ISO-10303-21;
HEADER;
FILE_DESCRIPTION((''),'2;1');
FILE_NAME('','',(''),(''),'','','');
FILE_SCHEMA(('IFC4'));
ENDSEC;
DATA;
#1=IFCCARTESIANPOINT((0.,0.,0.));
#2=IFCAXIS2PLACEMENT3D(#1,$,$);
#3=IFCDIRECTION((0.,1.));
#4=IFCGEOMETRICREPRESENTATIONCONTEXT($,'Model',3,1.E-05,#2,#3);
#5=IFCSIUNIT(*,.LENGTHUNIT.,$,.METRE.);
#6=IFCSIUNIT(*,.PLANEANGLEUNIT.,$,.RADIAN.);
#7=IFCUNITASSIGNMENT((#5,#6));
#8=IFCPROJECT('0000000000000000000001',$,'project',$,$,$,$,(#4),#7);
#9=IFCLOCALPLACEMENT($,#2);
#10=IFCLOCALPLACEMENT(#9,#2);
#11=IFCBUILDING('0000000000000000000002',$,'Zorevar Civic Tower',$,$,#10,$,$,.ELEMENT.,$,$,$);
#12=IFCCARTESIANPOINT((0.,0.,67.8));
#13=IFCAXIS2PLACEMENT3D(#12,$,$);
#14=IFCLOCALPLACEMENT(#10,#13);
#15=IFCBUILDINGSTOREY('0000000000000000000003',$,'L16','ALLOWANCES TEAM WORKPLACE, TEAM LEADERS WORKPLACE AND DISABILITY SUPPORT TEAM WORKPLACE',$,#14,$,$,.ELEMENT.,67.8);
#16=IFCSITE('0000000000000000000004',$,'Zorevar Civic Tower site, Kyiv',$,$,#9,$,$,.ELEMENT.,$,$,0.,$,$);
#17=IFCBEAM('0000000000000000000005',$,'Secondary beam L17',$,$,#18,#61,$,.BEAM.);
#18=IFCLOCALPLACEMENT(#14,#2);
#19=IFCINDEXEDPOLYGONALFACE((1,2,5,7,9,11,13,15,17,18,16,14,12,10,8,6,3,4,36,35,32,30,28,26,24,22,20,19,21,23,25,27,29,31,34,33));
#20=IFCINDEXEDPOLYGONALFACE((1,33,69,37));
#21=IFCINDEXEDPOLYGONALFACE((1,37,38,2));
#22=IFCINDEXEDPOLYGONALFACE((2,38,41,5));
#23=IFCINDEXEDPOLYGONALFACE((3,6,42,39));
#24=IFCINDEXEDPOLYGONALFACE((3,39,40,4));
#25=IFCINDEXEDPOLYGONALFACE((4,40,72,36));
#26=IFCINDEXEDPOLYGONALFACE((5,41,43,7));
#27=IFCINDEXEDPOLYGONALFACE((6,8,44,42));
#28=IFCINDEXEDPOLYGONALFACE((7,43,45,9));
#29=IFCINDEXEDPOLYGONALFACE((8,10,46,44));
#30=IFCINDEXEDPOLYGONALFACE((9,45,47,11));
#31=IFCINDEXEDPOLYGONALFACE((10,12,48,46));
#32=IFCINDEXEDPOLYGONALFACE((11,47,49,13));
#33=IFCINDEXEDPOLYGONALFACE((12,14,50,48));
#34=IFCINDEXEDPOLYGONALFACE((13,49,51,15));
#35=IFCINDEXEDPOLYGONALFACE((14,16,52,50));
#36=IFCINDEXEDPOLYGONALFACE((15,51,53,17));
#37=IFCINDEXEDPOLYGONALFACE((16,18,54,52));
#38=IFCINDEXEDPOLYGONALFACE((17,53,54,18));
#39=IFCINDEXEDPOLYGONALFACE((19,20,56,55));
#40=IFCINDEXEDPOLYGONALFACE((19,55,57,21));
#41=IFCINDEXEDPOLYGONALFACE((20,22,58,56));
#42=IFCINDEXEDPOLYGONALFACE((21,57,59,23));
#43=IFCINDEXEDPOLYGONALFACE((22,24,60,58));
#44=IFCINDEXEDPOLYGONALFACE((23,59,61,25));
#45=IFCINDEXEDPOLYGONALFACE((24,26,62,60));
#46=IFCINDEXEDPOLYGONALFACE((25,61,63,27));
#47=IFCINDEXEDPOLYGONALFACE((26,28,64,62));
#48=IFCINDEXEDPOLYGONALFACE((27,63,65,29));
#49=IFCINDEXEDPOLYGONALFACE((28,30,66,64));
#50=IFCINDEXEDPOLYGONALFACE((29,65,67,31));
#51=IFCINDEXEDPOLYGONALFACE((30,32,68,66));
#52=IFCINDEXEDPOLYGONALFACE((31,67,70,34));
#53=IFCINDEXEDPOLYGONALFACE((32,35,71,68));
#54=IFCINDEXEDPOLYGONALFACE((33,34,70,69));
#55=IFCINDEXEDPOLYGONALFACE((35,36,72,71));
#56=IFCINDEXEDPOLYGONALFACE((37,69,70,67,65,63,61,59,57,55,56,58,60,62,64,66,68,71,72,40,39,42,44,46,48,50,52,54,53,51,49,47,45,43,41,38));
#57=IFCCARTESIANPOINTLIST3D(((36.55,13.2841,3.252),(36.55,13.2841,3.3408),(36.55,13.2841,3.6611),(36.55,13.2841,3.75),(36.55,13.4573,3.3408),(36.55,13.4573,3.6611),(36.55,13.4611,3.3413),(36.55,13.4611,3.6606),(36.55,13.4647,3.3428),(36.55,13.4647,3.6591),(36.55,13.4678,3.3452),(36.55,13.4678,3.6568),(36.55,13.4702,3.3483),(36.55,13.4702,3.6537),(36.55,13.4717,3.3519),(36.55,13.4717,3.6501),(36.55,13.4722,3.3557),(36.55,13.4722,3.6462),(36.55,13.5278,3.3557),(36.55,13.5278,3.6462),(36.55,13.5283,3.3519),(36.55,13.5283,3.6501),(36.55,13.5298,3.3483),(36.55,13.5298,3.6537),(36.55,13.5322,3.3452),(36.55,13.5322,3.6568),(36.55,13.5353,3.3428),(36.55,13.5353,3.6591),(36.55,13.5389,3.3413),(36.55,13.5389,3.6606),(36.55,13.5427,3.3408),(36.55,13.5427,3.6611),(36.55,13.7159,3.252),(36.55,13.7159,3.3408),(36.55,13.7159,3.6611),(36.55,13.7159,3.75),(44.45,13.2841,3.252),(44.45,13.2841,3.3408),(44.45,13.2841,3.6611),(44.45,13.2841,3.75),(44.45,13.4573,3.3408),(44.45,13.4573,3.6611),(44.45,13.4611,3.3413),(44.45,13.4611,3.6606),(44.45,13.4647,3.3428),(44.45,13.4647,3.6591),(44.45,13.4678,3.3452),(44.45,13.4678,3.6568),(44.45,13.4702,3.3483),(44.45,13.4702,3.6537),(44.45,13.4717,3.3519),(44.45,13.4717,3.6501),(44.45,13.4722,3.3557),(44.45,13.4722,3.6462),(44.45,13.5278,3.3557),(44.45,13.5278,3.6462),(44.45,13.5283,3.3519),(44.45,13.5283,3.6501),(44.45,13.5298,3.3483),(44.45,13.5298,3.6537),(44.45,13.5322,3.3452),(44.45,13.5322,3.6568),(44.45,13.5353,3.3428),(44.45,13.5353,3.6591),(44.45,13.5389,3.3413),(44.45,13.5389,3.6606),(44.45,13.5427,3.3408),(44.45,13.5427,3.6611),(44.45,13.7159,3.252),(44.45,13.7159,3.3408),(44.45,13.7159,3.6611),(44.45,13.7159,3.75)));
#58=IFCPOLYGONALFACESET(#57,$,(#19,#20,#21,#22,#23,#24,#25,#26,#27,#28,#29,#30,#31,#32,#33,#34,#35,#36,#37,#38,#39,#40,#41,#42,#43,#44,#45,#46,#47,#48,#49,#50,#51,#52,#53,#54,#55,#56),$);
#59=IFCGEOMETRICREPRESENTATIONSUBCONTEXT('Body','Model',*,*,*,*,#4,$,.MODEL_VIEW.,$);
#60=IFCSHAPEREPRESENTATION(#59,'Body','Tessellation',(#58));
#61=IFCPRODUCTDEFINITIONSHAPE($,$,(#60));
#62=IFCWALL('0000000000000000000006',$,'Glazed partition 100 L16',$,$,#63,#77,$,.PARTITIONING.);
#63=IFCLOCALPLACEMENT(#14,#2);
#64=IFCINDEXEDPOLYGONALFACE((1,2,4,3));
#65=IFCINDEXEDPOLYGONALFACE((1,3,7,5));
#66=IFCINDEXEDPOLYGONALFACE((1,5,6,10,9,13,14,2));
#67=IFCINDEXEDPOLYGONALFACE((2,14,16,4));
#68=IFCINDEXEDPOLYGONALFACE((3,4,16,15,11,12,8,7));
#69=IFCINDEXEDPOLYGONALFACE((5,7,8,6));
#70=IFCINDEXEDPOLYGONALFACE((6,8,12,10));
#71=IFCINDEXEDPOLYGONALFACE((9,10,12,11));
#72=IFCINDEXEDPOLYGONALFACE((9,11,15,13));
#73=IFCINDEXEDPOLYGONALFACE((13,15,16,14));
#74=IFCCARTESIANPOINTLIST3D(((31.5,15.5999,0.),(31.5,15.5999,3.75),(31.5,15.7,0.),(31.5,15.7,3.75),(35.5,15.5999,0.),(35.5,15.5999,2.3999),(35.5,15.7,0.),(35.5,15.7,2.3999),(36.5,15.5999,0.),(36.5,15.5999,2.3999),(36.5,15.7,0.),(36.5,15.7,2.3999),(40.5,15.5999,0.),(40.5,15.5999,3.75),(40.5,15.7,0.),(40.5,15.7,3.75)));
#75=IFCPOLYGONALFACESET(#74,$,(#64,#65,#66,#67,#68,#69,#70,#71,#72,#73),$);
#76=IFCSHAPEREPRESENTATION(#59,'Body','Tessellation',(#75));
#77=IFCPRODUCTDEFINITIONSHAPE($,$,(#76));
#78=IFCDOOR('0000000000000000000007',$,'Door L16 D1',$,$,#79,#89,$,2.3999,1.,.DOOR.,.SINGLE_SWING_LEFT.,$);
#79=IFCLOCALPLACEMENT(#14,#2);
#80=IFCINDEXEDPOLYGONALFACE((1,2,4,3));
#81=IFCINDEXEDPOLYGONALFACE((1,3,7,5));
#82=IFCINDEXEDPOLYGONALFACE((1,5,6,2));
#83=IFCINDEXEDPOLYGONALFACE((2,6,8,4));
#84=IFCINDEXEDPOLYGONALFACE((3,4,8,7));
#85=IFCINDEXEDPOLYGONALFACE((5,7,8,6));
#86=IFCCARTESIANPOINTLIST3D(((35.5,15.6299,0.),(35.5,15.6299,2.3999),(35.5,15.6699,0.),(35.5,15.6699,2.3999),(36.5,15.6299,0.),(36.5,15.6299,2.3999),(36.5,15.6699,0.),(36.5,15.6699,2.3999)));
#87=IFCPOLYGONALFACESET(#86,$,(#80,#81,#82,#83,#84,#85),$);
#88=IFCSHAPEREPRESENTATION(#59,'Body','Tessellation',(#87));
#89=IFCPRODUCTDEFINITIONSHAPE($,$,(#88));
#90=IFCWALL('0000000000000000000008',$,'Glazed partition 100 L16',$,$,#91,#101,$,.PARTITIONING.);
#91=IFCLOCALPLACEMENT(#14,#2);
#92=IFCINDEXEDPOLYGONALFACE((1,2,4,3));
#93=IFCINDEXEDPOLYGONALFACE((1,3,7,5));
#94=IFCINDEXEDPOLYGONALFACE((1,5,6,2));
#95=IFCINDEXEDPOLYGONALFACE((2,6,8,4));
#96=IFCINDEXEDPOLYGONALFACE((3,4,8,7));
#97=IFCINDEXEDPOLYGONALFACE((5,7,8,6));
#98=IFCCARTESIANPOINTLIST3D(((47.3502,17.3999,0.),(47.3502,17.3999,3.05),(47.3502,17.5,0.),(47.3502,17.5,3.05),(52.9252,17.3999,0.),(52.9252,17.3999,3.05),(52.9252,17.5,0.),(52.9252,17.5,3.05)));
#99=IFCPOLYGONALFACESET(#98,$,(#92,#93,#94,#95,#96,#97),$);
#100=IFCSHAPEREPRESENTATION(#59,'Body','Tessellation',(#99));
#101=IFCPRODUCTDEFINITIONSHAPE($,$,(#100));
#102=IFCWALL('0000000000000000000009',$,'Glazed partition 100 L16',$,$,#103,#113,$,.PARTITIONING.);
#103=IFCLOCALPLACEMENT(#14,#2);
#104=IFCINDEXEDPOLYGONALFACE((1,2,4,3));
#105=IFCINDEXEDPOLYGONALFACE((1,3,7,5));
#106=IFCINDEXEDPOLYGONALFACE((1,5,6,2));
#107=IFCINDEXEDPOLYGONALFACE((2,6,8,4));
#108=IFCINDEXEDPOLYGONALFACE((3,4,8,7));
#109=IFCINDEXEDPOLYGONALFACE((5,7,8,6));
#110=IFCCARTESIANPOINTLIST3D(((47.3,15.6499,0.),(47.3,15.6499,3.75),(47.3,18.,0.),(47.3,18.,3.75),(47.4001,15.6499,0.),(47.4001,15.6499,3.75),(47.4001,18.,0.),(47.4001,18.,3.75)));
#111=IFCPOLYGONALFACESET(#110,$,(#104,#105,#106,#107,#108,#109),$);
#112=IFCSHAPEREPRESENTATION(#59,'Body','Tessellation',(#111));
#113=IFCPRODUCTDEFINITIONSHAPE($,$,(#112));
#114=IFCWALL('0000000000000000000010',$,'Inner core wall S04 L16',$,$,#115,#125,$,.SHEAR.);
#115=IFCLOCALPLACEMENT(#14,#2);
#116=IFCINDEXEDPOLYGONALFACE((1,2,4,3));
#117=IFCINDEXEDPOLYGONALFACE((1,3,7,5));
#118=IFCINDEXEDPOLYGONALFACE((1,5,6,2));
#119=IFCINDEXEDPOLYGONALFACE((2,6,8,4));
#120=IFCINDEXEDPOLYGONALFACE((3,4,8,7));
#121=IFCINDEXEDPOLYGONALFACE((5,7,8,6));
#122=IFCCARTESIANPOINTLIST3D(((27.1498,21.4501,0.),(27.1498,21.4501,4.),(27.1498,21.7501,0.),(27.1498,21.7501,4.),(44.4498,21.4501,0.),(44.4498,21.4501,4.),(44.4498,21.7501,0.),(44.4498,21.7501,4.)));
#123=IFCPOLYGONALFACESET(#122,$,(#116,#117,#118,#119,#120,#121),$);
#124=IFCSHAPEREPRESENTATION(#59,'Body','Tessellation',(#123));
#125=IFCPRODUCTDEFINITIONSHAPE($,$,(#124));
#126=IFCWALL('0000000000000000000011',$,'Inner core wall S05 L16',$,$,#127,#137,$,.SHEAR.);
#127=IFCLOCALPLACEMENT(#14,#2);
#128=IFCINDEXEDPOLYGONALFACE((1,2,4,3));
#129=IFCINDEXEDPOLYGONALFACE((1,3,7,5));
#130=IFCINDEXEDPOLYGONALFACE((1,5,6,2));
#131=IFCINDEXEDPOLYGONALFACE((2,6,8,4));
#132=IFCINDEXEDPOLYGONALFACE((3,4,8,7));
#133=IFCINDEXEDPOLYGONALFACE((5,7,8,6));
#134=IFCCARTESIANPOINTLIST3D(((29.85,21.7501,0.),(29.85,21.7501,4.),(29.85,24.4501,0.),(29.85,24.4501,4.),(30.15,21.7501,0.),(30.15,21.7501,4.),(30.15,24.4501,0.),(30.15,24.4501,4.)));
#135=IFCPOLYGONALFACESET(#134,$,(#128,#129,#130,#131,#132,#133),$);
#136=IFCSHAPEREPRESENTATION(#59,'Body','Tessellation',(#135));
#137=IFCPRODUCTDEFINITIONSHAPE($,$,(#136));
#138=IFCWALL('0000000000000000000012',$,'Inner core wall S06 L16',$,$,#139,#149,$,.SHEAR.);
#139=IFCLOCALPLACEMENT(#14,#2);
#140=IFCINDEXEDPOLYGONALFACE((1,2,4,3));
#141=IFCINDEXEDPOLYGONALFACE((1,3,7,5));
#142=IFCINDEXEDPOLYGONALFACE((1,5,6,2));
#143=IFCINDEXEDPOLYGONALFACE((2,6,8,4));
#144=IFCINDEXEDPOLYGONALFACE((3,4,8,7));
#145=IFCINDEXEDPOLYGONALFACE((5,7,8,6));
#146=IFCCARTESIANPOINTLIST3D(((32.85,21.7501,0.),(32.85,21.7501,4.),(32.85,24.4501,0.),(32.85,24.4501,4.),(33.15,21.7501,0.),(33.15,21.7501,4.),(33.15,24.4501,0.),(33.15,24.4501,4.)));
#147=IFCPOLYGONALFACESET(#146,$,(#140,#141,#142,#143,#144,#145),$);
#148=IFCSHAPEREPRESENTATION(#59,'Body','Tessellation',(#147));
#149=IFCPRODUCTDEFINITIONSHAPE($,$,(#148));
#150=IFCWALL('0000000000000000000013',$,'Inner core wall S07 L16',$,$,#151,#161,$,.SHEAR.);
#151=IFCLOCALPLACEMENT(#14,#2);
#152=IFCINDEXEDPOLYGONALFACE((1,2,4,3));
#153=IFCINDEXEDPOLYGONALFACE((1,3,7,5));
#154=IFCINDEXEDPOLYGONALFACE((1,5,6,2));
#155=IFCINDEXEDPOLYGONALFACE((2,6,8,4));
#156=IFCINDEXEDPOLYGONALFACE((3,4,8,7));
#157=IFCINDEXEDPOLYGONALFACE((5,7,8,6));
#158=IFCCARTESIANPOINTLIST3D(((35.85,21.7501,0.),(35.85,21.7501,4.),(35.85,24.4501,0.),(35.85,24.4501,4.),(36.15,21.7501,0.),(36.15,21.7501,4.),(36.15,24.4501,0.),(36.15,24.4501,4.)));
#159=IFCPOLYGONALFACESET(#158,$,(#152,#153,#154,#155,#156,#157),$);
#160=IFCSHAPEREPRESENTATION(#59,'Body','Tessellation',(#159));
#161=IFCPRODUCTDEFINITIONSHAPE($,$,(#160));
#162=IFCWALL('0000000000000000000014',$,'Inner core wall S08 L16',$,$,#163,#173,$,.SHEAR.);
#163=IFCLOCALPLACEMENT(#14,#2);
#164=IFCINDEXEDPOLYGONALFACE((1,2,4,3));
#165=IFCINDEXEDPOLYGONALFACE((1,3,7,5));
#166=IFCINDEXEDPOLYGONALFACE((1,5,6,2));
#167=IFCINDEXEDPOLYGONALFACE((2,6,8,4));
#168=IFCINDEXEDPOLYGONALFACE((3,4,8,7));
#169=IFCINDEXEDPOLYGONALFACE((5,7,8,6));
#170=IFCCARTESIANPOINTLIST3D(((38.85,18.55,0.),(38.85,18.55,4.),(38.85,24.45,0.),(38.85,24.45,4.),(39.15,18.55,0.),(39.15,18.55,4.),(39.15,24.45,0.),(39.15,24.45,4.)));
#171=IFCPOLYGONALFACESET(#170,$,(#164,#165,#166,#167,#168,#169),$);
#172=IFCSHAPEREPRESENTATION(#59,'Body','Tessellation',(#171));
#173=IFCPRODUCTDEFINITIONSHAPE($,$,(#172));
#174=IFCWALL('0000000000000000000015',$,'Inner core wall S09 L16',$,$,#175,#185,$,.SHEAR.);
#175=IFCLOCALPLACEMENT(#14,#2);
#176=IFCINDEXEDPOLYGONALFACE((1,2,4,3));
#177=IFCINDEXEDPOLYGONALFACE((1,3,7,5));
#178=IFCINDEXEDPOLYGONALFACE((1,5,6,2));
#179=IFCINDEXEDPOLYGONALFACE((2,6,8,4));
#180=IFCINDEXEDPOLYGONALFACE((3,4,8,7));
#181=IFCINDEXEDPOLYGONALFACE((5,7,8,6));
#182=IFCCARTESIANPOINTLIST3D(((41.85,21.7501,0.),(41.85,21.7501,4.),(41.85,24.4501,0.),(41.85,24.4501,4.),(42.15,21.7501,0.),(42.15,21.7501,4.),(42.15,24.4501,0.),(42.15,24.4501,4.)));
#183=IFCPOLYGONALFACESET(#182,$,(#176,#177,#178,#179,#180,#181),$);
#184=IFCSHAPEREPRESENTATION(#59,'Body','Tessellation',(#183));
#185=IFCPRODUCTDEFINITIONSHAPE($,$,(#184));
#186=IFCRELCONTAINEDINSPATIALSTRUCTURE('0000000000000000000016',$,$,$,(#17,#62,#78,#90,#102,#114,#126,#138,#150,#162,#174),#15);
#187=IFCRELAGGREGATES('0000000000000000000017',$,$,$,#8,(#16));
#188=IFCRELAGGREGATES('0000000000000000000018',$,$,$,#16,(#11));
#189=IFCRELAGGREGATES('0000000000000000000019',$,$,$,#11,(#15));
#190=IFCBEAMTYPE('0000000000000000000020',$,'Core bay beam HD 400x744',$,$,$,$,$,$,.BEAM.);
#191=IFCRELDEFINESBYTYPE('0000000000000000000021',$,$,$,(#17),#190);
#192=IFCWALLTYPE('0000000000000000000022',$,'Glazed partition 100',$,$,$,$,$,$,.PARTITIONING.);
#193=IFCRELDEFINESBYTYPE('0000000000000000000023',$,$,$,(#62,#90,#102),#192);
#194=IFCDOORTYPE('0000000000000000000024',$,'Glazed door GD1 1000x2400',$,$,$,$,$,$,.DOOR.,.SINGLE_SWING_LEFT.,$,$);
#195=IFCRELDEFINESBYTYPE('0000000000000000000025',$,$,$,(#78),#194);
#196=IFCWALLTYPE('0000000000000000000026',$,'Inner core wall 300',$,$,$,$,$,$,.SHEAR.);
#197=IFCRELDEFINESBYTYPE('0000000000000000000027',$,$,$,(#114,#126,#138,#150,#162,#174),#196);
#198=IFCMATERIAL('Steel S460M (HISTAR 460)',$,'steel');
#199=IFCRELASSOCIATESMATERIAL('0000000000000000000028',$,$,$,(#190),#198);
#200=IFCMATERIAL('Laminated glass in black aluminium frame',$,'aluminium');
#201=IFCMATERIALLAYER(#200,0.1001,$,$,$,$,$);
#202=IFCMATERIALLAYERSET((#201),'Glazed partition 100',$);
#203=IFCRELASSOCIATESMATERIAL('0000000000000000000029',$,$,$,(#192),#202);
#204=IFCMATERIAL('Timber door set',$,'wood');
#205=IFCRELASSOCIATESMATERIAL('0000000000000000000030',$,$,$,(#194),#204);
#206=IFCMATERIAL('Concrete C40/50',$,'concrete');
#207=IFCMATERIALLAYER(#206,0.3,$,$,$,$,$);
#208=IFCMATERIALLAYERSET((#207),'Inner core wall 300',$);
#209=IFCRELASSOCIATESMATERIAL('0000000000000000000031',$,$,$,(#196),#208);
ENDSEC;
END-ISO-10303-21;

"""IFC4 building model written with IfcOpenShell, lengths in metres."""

from ifc_helpers import new_model, si_unit, direction, frame, frame_2d, origin, origin_2d, place, context, subcontext, project, spatial, rectangle, i_section, extrude, material, layer, layer_set, material_profile, profile_set, type_object, element, fill, save


model = new_model("IFC4")

# Units and contexts
model_context = context("Model", 3, precision=1e-05, world=origin(), true_north=direction((0.0, 1.0)))
body_context = subcontext(model_context, "Body", "Model", "MODEL_VIEW")
ifc_project = project(units=[si_unit("LENGTHUNIT", "METRE"), si_unit("PLANEANGLEUNIT", "RADIAN")], contexts=[model_context])

# Site, building, storey
site_placement = place(None, origin())
site = spatial("IfcSite", under=ifc_project, at=site_placement, Name="Zorevar Civic Tower site, Kyiv", CompositionType="ELEMENT", RefElevation=0.0)
building_placement = place(site_placement, origin())
building = spatial("IfcBuilding", under=site, at=building_placement, Name="Zorevar Civic Tower", CompositionType="ELEMENT")
storey_placement = place(building_placement, frame((0.0, 0.0, 67.8)))
storey = spatial("IfcBuildingStorey", under=building, at=storey_placement, Name="L16", Description="ALLOWANCES TEAM WORKPLACE, TEAM LEADERS WORKPLACE AND DISABILITY SUPPORT TEAM WORKPLACE", CompositionType="ELEMENT", Elevation=67.8)

# Beam
ifc_material_1 = material(Name="Steel S460M (HISTAR 460)", Category="steel")
ifc_material_profile_1 = material_profile(ifc_material_1, i_section(OverallWidth=0.4319, OverallDepth=0.498, WebThickness=0.0557, FlangeThickness=0.0889, FilletRadius=0.0149, at=origin_2d()), Name="HD 400x744")
ifc_profile_set_1 = profile_set([ifc_material_profile_1], Name="Steel S460M (HISTAR 460)")
beam_type_1 = type_object("IfcBeamType", Name="Core bay beam HD 400x744", PredefinedType="BEAM", material=ifc_profile_set_1)
for number, where, z_axis, x_axis, name in (
    (1, (36.55, 13.5, 3.501), (1.0, 0.0, 0.0), (0.0, 1.0, 0.0), "Secondary beam L17"),
):
    element("IfcBeam", number, at=place(storey_placement, frame(where, z_axis=z_axis, x_axis=x_axis)), inside=storey, type_object=beam_type_1, Name=name, PredefinedType="BEAM", context=body_context, shape_type="SweptSolid", body=[
        extrude(i_section(OverallWidth=0.4319, OverallDepth=0.498, WebThickness=0.0557, FlangeThickness=0.0889, FilletRadius=0.0149, at=origin_2d()), origin(), (0.0, 0.0, 1.0), 7.8999),
    ])

# Wall, opening, door
ifc_material_2 = material(Name="Laminated glass in black aluminium frame", Category="aluminium")
ifc_layer_1 = layer(ifc_material_2, 0.1001)
ifc_layer_set_1 = layer_set([ifc_layer_1], Name="Glazed partition 100")
wall_type_1 = type_object("IfcWallType", Name="Glazed partition 100", PredefinedType="PARTITIONING", material=ifc_layer_set_1)
wall_1_placement = place(storey_placement, frame((31.5, 15.6499, 0.0), z_axis=(0.0, 0.0, 1.0), x_axis=(1.0, 0.0, 0.0)))
wall_1 = element("IfcWall", 2, at=wall_1_placement, inside=storey, type_object=wall_type_1, Name="Glazed partition 100 L16", PredefinedType="PARTITIONING", context=body_context, shape_type="SweptSolid", body=[
    extrude(rectangle(XDim=9.0, YDim=0.1001, at=frame_2d((4.5, 0.0))), origin(), (0.0, 0.0, 1.0), 3.75),
])
opening_1_placement = place(wall_1_placement, frame((4.0, 0.0, 0.0)))
opening_1 = element("IfcOpeningElement", 3, at=opening_1_placement, cuts=wall_1, PredefinedType="OPENING", context=body_context, shape_type="SweptSolid", body=[
    extrude(rectangle(XDim=1.0, YDim=2.3999, at=frame_2d((0.5, 1.2))), frame((0.0, 0.0601, 0.0), z_axis=(0.0, -1.0, 0.0), x_axis=(1.0, 0.0, 0.0)), (0.0, 0.0, 1.0), 0.1201),
])
ifc_material_3 = material(Name="Timber door set", Category="wood")
door_type_1 = type_object("IfcDoorType", Name="Glazed door GD1 1000x2400", OperationType="SINGLE_SWING_LEFT", PredefinedType="DOOR", material=ifc_material_3)
door_1_placement = place(opening_1_placement, origin())
door_1 = element("IfcDoor", 4, at=door_1_placement, inside=storey, type_object=door_type_1, Name="Door L16 D1", OperationType="SINGLE_SWING_LEFT", OverallHeight=2.3999, OverallWidth=1.0, PredefinedType="DOOR", context=body_context, shape_type="SweptSolid", body=[
    extrude(rectangle(XDim=1.0, YDim=2.3999, at=frame_2d((0.5, 1.2))), frame((0.0, 0.02, 0.0), z_axis=(0.0, -1.0, 0.0), x_axis=(1.0, 0.0, 0.0)), (0.0, 0.0, 1.0), 0.04),
])
fill(opening_1, door_1)

# Walls
wall_2_placement = place(storey_placement, frame((47.3501, 17.45, 0.0), z_axis=(0.0, 0.0, 1.0), x_axis=(1.0, 0.0, 0.0)))
element("IfcWall", 5, at=wall_2_placement, inside=storey, type_object=wall_type_1, Name="Glazed partition 100 L16", PredefinedType="PARTITIONING", context=body_context, shape_type="SweptSolid", body=[
    extrude(rectangle(XDim=5.575, YDim=0.1001, at=frame_2d((2.7876, 0.0))), origin(), (0.0, 0.0, 1.0), 3.05),
])
wall_3_placement = place(storey_placement, frame((47.3501, 15.6499, 0.0), z_axis=(0.0, 0.0, 1.0), x_axis=(0.0, 1.0, 0.0)))
element("IfcWall", 6, at=wall_3_placement, inside=storey, type_object=wall_type_1, Name="Glazed partition 100 L16", PredefinedType="PARTITIONING", context=body_context, shape_type="SweptSolid", body=[
    extrude(rectangle(XDim=2.3501, YDim=0.1001, at=frame_2d((1.175, 0.0))), origin(), (0.0, 0.0, 1.0), 3.75),
])
ifc_material_4 = material(Name="Concrete C40/50", Category="concrete")
ifc_layer_2 = layer(ifc_material_4, 0.3)
ifc_layer_set_2 = layer_set([ifc_layer_2], Name="Inner core wall 300")
wall_type_2 = type_object("IfcWallType", Name="Inner core wall 300", PredefinedType="SHEAR", material=ifc_layer_set_2)
wall_4_placement = place(storey_placement, frame((27.1499, 21.6001, 0.0), z_axis=(0.0, 0.0, 1.0), x_axis=(1.0, 0.0, 0.0)))
element("IfcWall", 7, at=wall_4_placement, inside=storey, type_object=wall_type_2, Name="Inner core wall S04 L16", PredefinedType="SHEAR", context=body_context, shape_type="SweptSolid", body=[
    extrude(rectangle(XDim=17.3, YDim=0.3, at=frame_2d((8.6499, 0.0))), origin(), (0.0, 0.0, 1.0), 4.0),
])
for number, where, z_axis, x_axis, name in (
    (8, (30.0, 21.75, 0.0), (0.0, 0.0, 1.0), (0.0, 1.0, 0.0), "Inner core wall S05 L16"),
    (9, (33.0, 21.75, 0.0), (0.0, 0.0, 1.0), (0.0, 1.0, 0.0), "Inner core wall S06 L16"),
    (10, (36.0, 21.75, 0.0), (0.0, 0.0, 1.0), (0.0, 1.0, 0.0), "Inner core wall S07 L16"),
):
    element("IfcWall", number, at=place(storey_placement, frame(where, z_axis=z_axis, x_axis=x_axis)), inside=storey, type_object=wall_type_2, Name=name, PredefinedType="SHEAR", context=body_context, shape_type="SweptSolid", body=[
        extrude(rectangle(XDim=2.7, YDim=0.3, at=frame_2d((1.3501, 0.0))), origin(), (0.0, 0.0, 1.0), 4.0),
    ])
wall_5_placement = place(storey_placement, frame((39.0, 18.55, 0.0), z_axis=(0.0, 0.0, 1.0), x_axis=(0.0, 1.0, 0.0)))
element("IfcWall", 11, at=wall_5_placement, inside=storey, type_object=wall_type_2, Name="Inner core wall S08 L16", PredefinedType="SHEAR", context=body_context, shape_type="SweptSolid", body=[
    extrude(rectangle(XDim=5.8999, YDim=0.3, at=frame_2d((2.95, 0.0))), origin(), (0.0, 0.0, 1.0), 4.0),
])
wall_6_placement = place(storey_placement, frame((42.0, 21.75, 0.0), z_axis=(0.0, 0.0, 1.0), x_axis=(0.0, 1.0, 0.0)))
element("IfcWall", 12, at=wall_6_placement, inside=storey, type_object=wall_type_2, Name="Inner core wall S09 L16", PredefinedType="SHEAR", context=body_context, shape_type="SweptSolid", body=[
    extrude(rectangle(XDim=2.7, YDim=0.3, at=frame_2d((1.3501, 0.0))), origin(), (0.0, 0.0, 1.0), 4.0),
])

save(model, "model.ifc")
